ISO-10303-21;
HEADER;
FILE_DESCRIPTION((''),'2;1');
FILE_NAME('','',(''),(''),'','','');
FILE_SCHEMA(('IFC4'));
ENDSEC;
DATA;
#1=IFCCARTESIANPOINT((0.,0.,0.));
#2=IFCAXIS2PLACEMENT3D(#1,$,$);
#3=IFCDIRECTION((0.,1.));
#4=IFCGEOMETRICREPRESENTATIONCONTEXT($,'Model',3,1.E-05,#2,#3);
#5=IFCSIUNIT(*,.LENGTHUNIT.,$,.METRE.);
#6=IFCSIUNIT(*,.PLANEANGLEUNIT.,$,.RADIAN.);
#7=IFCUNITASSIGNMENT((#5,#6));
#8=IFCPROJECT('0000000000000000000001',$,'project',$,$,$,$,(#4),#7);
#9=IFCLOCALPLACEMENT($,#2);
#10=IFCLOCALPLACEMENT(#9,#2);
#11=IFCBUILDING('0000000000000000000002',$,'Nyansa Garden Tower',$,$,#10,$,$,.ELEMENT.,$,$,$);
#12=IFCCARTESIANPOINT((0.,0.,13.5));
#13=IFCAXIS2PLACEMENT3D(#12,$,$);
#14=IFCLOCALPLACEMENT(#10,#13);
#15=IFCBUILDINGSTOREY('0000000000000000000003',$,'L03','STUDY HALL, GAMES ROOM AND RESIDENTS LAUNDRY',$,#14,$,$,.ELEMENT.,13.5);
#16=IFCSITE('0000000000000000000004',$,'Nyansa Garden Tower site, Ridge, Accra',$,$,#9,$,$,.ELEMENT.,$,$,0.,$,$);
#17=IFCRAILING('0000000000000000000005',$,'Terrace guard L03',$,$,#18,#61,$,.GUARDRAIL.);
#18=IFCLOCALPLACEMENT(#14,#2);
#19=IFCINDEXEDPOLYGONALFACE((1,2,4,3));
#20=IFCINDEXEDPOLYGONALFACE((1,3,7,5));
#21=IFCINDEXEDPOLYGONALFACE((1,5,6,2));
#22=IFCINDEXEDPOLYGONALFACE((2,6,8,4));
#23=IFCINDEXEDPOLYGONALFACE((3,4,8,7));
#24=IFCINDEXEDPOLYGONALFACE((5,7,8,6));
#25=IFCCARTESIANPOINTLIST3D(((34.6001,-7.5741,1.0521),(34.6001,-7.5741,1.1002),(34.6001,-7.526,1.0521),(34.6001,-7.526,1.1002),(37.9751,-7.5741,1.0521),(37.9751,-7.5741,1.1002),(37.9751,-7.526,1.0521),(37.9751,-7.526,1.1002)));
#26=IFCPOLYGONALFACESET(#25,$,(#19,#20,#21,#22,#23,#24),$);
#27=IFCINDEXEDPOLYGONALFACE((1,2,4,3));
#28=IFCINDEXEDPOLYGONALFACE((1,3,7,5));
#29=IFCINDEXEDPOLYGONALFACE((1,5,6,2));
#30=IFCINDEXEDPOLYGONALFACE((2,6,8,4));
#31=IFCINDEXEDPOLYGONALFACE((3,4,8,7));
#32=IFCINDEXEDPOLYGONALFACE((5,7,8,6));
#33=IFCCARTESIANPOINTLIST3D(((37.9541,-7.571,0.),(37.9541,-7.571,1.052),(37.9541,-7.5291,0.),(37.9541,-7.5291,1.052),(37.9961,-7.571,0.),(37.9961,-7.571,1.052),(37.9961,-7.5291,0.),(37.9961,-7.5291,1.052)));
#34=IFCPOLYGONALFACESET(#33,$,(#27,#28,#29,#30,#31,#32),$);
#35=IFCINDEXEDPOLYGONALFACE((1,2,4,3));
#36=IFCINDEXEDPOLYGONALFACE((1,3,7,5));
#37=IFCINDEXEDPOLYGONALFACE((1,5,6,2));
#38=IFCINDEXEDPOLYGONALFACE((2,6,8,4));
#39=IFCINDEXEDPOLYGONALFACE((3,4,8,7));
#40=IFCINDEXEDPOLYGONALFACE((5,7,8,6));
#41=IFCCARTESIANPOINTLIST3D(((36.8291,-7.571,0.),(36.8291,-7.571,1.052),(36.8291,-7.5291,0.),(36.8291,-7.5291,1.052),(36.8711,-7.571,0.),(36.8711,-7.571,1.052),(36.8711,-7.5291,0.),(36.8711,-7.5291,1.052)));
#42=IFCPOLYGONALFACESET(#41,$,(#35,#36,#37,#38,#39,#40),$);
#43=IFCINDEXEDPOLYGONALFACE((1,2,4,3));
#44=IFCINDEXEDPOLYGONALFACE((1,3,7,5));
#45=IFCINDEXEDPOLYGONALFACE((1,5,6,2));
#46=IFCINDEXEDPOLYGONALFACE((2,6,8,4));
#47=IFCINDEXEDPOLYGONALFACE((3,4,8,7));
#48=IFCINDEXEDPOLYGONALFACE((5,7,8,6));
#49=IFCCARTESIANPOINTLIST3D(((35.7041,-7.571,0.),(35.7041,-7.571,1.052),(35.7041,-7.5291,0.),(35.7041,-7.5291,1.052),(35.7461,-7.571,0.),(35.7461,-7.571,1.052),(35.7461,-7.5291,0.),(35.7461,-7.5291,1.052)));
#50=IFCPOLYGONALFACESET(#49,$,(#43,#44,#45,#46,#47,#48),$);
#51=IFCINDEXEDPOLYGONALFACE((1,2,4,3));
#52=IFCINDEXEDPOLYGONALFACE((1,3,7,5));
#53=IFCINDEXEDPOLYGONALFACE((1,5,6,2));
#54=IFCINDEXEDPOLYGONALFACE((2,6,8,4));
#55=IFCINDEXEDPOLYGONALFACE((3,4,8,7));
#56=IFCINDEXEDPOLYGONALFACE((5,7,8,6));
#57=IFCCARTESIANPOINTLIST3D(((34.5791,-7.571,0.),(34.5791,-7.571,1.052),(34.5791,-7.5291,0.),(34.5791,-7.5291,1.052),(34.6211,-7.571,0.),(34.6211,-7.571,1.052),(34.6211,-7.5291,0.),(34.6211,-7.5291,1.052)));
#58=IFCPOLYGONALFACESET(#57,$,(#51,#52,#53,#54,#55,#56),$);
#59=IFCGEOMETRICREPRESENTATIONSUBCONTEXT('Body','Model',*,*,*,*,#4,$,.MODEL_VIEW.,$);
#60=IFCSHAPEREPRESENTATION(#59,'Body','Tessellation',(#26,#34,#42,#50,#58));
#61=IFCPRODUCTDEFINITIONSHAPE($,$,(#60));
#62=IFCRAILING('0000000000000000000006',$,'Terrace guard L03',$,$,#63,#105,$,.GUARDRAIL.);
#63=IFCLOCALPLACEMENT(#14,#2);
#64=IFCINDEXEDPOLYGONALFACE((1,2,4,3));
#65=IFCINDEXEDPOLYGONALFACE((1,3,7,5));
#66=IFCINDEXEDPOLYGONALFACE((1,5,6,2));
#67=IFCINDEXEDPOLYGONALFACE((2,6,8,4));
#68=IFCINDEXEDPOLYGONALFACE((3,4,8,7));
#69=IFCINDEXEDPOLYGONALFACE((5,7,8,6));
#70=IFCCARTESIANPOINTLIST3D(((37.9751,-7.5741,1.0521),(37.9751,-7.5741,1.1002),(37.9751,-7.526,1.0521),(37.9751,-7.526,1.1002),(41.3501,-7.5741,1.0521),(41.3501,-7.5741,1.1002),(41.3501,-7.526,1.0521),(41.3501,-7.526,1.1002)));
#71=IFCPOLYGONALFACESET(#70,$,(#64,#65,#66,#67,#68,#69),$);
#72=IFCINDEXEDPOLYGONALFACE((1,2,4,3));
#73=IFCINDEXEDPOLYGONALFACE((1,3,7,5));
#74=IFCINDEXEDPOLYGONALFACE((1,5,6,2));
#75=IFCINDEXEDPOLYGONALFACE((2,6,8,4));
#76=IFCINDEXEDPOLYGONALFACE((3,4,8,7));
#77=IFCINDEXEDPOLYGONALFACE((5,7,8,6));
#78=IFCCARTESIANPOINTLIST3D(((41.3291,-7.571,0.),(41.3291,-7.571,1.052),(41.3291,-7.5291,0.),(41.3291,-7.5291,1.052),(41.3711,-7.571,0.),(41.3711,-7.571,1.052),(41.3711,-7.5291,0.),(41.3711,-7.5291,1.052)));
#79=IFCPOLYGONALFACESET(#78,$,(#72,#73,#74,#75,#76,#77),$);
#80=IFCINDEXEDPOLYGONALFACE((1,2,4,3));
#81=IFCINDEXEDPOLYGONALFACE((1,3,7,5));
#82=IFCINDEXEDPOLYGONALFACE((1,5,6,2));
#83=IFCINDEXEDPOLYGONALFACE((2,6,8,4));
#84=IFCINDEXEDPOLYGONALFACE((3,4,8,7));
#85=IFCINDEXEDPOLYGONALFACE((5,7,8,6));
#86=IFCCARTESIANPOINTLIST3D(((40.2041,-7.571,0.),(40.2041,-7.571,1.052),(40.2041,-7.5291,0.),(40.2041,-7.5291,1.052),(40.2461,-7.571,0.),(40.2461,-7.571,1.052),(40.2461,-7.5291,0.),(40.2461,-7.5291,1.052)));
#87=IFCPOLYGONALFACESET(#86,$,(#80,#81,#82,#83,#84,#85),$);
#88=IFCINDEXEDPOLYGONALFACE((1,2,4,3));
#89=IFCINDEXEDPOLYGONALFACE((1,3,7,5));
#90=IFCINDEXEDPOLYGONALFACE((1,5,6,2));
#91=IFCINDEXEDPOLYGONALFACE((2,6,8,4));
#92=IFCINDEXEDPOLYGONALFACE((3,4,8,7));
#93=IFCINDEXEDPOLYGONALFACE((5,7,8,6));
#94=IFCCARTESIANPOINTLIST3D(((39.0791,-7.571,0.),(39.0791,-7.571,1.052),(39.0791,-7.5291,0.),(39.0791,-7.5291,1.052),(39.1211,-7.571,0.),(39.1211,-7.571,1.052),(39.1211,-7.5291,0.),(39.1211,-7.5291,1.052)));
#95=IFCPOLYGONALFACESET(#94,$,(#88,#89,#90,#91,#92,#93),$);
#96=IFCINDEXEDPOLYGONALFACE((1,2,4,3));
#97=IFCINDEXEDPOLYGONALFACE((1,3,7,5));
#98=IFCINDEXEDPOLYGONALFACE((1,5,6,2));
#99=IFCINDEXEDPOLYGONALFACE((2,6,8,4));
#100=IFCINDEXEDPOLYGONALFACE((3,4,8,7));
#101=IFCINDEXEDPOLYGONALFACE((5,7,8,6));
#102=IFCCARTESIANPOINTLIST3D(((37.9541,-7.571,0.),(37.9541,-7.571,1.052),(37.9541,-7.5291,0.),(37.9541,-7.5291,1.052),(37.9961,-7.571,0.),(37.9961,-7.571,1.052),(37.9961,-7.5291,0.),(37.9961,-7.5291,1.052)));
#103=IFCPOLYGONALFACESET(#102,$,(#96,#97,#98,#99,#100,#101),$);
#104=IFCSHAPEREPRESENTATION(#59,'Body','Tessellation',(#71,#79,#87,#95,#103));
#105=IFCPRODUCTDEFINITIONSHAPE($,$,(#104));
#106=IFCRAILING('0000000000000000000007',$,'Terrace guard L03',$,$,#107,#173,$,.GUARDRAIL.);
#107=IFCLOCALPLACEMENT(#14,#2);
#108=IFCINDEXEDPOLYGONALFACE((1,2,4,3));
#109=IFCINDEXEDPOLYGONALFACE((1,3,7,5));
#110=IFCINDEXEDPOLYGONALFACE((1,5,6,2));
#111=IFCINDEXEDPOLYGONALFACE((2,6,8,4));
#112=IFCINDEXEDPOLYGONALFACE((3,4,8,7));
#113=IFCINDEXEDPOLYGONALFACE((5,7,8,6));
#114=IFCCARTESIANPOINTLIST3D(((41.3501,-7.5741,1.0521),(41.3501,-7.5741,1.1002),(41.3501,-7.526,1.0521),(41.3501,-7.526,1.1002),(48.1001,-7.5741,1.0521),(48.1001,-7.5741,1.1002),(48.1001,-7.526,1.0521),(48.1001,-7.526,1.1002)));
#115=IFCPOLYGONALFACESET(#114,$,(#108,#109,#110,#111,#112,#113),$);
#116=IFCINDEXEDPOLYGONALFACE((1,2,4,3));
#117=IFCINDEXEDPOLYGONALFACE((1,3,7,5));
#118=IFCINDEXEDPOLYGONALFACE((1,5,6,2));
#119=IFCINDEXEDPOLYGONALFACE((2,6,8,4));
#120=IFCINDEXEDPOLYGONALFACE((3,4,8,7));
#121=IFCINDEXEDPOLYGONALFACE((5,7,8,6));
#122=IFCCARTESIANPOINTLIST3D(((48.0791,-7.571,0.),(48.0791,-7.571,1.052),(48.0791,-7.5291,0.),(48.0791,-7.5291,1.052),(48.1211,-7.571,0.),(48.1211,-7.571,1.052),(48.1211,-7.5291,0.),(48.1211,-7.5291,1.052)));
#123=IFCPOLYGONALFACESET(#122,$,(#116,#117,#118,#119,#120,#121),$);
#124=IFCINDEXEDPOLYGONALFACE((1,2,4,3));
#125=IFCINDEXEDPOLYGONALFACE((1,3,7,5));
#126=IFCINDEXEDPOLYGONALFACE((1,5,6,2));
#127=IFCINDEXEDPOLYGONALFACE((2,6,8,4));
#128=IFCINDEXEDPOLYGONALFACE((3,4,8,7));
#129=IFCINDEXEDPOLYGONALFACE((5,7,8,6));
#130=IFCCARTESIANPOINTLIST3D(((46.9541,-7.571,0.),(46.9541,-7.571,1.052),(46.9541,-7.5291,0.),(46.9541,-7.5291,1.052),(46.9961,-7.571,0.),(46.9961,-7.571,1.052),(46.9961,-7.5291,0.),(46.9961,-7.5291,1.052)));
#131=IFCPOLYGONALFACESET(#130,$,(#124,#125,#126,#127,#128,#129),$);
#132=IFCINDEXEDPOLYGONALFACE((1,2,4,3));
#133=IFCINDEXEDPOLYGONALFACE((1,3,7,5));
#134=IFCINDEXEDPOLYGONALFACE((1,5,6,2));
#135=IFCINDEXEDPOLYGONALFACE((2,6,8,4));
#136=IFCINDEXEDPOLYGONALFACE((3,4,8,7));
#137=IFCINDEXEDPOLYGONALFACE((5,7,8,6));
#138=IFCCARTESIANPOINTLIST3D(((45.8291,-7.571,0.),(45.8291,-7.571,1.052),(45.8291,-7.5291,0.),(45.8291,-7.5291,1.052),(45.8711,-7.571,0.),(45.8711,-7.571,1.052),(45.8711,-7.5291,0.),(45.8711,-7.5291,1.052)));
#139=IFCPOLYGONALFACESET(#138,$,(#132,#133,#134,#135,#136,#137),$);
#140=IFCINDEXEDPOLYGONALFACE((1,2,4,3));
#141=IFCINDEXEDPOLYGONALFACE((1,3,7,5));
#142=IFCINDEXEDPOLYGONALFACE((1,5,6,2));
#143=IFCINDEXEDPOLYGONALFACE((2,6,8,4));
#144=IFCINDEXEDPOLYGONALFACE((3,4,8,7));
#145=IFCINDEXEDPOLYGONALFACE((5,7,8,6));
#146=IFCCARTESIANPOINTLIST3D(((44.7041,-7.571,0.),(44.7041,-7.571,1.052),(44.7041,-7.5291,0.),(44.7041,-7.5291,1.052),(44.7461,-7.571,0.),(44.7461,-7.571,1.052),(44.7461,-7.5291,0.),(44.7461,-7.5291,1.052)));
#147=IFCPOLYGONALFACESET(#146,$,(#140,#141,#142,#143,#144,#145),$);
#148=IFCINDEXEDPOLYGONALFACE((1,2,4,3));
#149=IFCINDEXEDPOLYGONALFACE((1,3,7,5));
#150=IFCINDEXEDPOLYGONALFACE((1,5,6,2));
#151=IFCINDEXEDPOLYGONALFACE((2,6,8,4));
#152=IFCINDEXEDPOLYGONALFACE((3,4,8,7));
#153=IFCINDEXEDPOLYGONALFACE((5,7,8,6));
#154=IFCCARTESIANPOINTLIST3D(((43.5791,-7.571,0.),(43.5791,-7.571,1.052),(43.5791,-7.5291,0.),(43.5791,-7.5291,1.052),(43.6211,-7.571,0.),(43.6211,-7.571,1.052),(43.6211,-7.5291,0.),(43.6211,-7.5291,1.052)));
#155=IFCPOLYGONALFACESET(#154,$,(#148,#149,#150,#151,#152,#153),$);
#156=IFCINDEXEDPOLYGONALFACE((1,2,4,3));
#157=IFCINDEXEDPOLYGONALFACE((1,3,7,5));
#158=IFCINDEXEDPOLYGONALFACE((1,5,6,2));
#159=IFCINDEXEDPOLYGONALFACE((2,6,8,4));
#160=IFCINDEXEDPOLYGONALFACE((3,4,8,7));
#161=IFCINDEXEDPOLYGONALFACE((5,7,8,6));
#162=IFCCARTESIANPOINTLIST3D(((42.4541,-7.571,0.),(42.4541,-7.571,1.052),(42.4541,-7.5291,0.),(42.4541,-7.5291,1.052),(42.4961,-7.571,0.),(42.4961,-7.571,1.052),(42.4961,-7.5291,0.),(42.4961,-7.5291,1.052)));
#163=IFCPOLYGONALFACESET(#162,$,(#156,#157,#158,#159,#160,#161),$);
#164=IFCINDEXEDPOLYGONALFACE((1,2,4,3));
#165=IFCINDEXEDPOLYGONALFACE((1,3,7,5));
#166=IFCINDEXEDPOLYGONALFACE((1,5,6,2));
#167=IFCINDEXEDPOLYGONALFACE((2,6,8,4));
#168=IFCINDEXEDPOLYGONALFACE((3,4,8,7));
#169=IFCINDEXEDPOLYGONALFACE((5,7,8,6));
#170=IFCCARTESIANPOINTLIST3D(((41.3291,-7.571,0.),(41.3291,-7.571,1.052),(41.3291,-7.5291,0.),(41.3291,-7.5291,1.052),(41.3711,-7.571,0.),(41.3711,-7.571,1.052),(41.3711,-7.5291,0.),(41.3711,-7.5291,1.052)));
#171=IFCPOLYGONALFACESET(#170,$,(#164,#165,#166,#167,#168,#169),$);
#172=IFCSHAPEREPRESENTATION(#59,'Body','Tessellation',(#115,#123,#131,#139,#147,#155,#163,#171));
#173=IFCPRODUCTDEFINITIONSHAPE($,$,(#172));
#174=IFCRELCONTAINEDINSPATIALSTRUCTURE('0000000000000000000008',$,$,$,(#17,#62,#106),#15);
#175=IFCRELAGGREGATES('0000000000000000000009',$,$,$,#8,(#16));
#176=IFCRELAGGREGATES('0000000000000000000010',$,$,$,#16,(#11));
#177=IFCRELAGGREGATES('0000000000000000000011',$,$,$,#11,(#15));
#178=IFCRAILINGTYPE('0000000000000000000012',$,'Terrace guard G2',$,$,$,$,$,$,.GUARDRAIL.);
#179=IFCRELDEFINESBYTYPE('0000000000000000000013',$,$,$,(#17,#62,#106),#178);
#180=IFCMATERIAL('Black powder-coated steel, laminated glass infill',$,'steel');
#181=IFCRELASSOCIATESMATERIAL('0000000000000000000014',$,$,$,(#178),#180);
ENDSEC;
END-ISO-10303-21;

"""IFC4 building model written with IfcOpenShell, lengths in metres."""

from ifc_helpers import new_model, si_unit, direction, frame, origin, origin_2d, place, context, subcontext, project, spatial, rectangle, extrude, material, type_object, element, save


model = new_model("IFC4")

# Units and contexts
model_context = context("Model", 3, precision=1e-05, world=origin(), true_north=direction((0.0, 1.0)))
body_context = subcontext(model_context, "Body", "Model", "MODEL_VIEW")
ifc_project = project(units=[si_unit("LENGTHUNIT", "METRE"), si_unit("PLANEANGLEUNIT", "RADIAN")], contexts=[model_context])

# Site, building, storey
site_placement = place(None, origin())
site = spatial("IfcSite", under=ifc_project, at=site_placement, Name="Nyansa Garden Tower site, Ridge, Accra", CompositionType="ELEMENT", RefElevation=0.0)
building_placement = place(site_placement, origin())
building = spatial("IfcBuilding", under=site, at=building_placement, Name="Nyansa Garden Tower", CompositionType="ELEMENT")
storey_placement = place(building_placement, frame((0.0, 0.0, 13.5)))
storey = spatial("IfcBuildingStorey", under=building, at=storey_placement, Name="L03", Description="STUDY HALL, GAMES ROOM AND RESIDENTS LAUNDRY", CompositionType="ELEMENT", Elevation=13.5)

# Railings
ifc_material_1 = material(Name="Black powder-coated steel, laminated glass infill", Category="steel")
railing_type_1 = type_object("IfcRailingType", Name="Terrace guard G2", PredefinedType="GUARDRAIL", material=ifc_material_1)
for number, where, name in (
    (1, (37.9751, -7.55, 0.0), "Terrace guard L03"),
    (2, (41.3501, -7.55, 0.0), "Terrace guard L03"),
):
    element("IfcRailing", number, at=place(storey_placement, frame(where)), inside=storey, type_object=railing_type_1, Name=name, PredefinedType="GUARDRAIL", context=body_context, shape_type="SweptSolid", body=[
        extrude(rectangle(XDim=0.0481, YDim=0.0481, at=origin_2d()), frame((0.0, 0.0, 1.0762), z_axis=(-1.0, 0.0, 0.0), x_axis=(0.0, -1.0, 0.0)), (0.0, 0.0, 1.0), 3.375),
        extrude(rectangle(XDim=0.042, YDim=0.042, at=origin_2d()), origin(), (0.0, 0.0, 1.0), 1.052),
        extrude(rectangle(XDim=0.042, YDim=0.042, at=origin_2d()), frame((-1.125, 0.0, 0.0)), (0.0, 0.0, 1.0), 1.052),
        extrude(rectangle(XDim=0.042, YDim=0.042, at=origin_2d()), frame((-2.25, 0.0, 0.0)), (0.0, 0.0, 1.0), 1.052),
        extrude(rectangle(XDim=0.042, YDim=0.042, at=origin_2d()), frame((-3.375, 0.0, 0.0)), (0.0, 0.0, 1.0), 1.052),
    ])
railing_1_placement = place(storey_placement, frame((48.1001, -7.55, 0.0)))
element("IfcRailing", 3, at=railing_1_placement, inside=storey, type_object=railing_type_1, Name="Terrace guard L03", PredefinedType="GUARDRAIL", context=body_context, shape_type="SweptSolid", body=[
    extrude(rectangle(XDim=0.0481, YDim=0.0481, at=origin_2d()), frame((0.0, 0.0, 1.0762), z_axis=(-1.0, 0.0, 0.0), x_axis=(0.0, -1.0, 0.0)), (0.0, 0.0, 1.0), 6.75),
    extrude(rectangle(XDim=0.042, YDim=0.042, at=origin_2d()), origin(), (0.0, 0.0, 1.0), 1.052),
    extrude(rectangle(XDim=0.042, YDim=0.042, at=origin_2d()), frame((-1.125, 0.0, 0.0)), (0.0, 0.0, 1.0), 1.052),
    extrude(rectangle(XDim=0.042, YDim=0.042, at=origin_2d()), frame((-2.25, 0.0, 0.0)), (0.0, 0.0, 1.0), 1.052),
    extrude(rectangle(XDim=0.042, YDim=0.042, at=origin_2d()), frame((-3.375, 0.0, 0.0)), (0.0, 0.0, 1.0), 1.052),
    extrude(rectangle(XDim=0.042, YDim=0.042, at=origin_2d()), frame((-4.5, 0.0, 0.0)), (0.0, 0.0, 1.0), 1.052),
    extrude(rectangle(XDim=0.042, YDim=0.042, at=origin_2d()), frame((-5.625, 0.0, 0.0)), (0.0, 0.0, 1.0), 1.052),
    extrude(rectangle(XDim=0.042, YDim=0.042, at=origin_2d()), frame((-6.75, 0.0, 0.0)), (0.0, 0.0, 1.0), 1.052),
])

save(model, "model.ifc")
